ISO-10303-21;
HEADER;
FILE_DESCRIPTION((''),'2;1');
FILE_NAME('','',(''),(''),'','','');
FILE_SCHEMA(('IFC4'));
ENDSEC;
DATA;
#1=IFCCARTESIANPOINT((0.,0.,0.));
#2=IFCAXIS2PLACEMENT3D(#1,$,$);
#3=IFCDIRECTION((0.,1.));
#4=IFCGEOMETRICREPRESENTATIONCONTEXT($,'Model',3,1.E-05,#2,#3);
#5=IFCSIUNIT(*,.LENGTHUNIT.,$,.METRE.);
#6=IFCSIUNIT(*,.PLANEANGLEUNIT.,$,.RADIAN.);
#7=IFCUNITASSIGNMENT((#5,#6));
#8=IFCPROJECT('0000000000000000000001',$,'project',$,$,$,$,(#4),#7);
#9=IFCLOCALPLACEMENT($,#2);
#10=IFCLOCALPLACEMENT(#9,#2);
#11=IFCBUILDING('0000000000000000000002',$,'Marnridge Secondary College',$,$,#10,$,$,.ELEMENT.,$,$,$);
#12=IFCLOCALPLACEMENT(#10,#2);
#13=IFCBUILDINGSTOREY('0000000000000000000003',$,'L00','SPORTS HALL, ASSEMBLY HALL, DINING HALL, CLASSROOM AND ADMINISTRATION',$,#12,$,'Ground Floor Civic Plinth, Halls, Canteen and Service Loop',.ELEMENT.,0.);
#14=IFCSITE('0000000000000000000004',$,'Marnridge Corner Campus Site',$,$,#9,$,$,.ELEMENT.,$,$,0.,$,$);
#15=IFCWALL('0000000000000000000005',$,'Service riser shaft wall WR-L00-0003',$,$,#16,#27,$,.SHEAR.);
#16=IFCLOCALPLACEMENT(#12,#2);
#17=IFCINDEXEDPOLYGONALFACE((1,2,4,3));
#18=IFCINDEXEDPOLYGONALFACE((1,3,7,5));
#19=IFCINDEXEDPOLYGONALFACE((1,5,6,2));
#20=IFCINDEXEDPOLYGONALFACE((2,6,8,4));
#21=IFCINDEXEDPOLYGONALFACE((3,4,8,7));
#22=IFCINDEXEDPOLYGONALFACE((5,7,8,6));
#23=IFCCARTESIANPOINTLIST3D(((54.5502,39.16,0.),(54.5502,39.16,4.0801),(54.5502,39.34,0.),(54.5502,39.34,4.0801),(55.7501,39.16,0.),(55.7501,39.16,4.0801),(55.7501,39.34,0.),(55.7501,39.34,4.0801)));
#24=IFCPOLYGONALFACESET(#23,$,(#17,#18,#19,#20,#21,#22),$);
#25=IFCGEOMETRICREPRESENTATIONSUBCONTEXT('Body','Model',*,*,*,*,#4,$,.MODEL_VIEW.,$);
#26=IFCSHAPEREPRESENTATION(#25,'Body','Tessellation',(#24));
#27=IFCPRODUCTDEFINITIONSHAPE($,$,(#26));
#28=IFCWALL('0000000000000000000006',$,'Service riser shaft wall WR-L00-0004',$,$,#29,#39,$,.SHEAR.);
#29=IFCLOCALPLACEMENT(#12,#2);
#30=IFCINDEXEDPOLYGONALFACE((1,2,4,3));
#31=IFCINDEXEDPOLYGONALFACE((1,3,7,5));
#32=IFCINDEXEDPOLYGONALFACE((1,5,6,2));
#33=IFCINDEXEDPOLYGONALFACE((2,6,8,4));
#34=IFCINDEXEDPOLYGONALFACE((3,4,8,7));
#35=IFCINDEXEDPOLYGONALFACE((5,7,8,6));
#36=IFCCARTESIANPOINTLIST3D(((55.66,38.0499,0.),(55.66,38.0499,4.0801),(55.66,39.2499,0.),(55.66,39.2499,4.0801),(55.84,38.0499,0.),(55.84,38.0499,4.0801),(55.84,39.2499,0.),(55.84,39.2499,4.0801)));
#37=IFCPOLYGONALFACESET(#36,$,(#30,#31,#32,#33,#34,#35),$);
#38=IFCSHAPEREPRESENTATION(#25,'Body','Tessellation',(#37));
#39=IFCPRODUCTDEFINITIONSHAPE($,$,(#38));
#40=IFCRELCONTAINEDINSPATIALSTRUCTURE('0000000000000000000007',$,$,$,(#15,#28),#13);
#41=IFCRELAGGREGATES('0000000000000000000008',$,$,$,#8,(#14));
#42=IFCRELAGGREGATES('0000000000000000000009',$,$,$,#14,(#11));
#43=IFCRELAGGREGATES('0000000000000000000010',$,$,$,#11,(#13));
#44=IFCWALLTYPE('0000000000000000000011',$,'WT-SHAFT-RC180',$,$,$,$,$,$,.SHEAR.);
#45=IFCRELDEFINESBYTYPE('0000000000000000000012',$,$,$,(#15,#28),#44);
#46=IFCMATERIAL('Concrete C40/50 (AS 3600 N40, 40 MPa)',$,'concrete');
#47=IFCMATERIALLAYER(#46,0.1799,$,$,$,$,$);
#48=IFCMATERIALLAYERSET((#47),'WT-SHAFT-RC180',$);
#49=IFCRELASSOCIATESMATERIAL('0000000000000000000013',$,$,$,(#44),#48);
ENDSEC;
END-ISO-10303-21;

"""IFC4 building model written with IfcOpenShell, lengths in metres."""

from ifc_helpers import new_model, si_unit, direction, frame, frame_2d, origin, place, context, subcontext, project, spatial, rectangle, extrude, material, layer, layer_set, type_object, element, save


model = new_model("IFC4")

# Units and contexts
model_context = context("Model", 3, precision=1e-05, world=origin(), true_north=direction((0.0, 1.0)))
body_context = subcontext(model_context, "Body", "Model", "MODEL_VIEW")
ifc_project = project(units=[si_unit("LENGTHUNIT", "METRE"), si_unit("PLANEANGLEUNIT", "RADIAN")], contexts=[model_context])

# Site, building, storey
site_placement = place(None, origin())
site = spatial("IfcSite", under=ifc_project, at=site_placement, Name="Marnridge Corner Campus Site", CompositionType="ELEMENT", RefElevation=0.0)
building_placement = place(site_placement, origin())
building = spatial("IfcBuilding", under=site, at=building_placement, Name="Marnridge Secondary College", CompositionType="ELEMENT")
storey_placement = place(building_placement, origin())
storey = spatial("IfcBuildingStorey", under=building, at=storey_placement, Name="L00", Description="SPORTS HALL, ASSEMBLY HALL, DINING HALL, CLASSROOM AND ADMINISTRATION", LongName="Ground Floor Civic Plinth, Halls, Canteen and Service Loop", CompositionType="ELEMENT", Elevation=0.0)

# Walls
ifc_material_1 = material(Name="Concrete C40/50 (AS 3600 N40, 40 MPa)", Category="concrete")
ifc_layer_1 = layer(ifc_material_1, 0.1799)
ifc_layer_set_1 = layer_set([ifc_layer_1], Name="WT-SHAFT-RC180")
wall_type = type_object("IfcWallType", Name="WT-SHAFT-RC180", PredefinedType="SHEAR", material=ifc_layer_set_1)
for number, where, z_axis, x_axis, name in (
    (1, (54.55, 39.25, 0.0), (0.0, 0.0, 1.0), (1.0, 0.0, 0.0), "Service riser shaft wall WR-L00-0003"),
    (2, (55.75, 39.25, 0.0), (0.0, 0.0, 1.0), (0.0, -1.0, 0.0), "Service riser shaft wall WR-L00-0004"),
):
    element("IfcWall", number, at=place(storey_placement, frame(where, z_axis=z_axis, x_axis=x_axis)), inside=storey, type_object=wall_type, Name=name, PredefinedType="SHEAR", context=body_context, shape_type="SweptSolid", body=[
        extrude(rectangle(XDim=1.2, YDim=0.1799, at=frame_2d((0.6001, 0.0))), origin(), (0.0, 0.0, 1.0), 4.0801),
    ])

save(model, "model.ifc")
